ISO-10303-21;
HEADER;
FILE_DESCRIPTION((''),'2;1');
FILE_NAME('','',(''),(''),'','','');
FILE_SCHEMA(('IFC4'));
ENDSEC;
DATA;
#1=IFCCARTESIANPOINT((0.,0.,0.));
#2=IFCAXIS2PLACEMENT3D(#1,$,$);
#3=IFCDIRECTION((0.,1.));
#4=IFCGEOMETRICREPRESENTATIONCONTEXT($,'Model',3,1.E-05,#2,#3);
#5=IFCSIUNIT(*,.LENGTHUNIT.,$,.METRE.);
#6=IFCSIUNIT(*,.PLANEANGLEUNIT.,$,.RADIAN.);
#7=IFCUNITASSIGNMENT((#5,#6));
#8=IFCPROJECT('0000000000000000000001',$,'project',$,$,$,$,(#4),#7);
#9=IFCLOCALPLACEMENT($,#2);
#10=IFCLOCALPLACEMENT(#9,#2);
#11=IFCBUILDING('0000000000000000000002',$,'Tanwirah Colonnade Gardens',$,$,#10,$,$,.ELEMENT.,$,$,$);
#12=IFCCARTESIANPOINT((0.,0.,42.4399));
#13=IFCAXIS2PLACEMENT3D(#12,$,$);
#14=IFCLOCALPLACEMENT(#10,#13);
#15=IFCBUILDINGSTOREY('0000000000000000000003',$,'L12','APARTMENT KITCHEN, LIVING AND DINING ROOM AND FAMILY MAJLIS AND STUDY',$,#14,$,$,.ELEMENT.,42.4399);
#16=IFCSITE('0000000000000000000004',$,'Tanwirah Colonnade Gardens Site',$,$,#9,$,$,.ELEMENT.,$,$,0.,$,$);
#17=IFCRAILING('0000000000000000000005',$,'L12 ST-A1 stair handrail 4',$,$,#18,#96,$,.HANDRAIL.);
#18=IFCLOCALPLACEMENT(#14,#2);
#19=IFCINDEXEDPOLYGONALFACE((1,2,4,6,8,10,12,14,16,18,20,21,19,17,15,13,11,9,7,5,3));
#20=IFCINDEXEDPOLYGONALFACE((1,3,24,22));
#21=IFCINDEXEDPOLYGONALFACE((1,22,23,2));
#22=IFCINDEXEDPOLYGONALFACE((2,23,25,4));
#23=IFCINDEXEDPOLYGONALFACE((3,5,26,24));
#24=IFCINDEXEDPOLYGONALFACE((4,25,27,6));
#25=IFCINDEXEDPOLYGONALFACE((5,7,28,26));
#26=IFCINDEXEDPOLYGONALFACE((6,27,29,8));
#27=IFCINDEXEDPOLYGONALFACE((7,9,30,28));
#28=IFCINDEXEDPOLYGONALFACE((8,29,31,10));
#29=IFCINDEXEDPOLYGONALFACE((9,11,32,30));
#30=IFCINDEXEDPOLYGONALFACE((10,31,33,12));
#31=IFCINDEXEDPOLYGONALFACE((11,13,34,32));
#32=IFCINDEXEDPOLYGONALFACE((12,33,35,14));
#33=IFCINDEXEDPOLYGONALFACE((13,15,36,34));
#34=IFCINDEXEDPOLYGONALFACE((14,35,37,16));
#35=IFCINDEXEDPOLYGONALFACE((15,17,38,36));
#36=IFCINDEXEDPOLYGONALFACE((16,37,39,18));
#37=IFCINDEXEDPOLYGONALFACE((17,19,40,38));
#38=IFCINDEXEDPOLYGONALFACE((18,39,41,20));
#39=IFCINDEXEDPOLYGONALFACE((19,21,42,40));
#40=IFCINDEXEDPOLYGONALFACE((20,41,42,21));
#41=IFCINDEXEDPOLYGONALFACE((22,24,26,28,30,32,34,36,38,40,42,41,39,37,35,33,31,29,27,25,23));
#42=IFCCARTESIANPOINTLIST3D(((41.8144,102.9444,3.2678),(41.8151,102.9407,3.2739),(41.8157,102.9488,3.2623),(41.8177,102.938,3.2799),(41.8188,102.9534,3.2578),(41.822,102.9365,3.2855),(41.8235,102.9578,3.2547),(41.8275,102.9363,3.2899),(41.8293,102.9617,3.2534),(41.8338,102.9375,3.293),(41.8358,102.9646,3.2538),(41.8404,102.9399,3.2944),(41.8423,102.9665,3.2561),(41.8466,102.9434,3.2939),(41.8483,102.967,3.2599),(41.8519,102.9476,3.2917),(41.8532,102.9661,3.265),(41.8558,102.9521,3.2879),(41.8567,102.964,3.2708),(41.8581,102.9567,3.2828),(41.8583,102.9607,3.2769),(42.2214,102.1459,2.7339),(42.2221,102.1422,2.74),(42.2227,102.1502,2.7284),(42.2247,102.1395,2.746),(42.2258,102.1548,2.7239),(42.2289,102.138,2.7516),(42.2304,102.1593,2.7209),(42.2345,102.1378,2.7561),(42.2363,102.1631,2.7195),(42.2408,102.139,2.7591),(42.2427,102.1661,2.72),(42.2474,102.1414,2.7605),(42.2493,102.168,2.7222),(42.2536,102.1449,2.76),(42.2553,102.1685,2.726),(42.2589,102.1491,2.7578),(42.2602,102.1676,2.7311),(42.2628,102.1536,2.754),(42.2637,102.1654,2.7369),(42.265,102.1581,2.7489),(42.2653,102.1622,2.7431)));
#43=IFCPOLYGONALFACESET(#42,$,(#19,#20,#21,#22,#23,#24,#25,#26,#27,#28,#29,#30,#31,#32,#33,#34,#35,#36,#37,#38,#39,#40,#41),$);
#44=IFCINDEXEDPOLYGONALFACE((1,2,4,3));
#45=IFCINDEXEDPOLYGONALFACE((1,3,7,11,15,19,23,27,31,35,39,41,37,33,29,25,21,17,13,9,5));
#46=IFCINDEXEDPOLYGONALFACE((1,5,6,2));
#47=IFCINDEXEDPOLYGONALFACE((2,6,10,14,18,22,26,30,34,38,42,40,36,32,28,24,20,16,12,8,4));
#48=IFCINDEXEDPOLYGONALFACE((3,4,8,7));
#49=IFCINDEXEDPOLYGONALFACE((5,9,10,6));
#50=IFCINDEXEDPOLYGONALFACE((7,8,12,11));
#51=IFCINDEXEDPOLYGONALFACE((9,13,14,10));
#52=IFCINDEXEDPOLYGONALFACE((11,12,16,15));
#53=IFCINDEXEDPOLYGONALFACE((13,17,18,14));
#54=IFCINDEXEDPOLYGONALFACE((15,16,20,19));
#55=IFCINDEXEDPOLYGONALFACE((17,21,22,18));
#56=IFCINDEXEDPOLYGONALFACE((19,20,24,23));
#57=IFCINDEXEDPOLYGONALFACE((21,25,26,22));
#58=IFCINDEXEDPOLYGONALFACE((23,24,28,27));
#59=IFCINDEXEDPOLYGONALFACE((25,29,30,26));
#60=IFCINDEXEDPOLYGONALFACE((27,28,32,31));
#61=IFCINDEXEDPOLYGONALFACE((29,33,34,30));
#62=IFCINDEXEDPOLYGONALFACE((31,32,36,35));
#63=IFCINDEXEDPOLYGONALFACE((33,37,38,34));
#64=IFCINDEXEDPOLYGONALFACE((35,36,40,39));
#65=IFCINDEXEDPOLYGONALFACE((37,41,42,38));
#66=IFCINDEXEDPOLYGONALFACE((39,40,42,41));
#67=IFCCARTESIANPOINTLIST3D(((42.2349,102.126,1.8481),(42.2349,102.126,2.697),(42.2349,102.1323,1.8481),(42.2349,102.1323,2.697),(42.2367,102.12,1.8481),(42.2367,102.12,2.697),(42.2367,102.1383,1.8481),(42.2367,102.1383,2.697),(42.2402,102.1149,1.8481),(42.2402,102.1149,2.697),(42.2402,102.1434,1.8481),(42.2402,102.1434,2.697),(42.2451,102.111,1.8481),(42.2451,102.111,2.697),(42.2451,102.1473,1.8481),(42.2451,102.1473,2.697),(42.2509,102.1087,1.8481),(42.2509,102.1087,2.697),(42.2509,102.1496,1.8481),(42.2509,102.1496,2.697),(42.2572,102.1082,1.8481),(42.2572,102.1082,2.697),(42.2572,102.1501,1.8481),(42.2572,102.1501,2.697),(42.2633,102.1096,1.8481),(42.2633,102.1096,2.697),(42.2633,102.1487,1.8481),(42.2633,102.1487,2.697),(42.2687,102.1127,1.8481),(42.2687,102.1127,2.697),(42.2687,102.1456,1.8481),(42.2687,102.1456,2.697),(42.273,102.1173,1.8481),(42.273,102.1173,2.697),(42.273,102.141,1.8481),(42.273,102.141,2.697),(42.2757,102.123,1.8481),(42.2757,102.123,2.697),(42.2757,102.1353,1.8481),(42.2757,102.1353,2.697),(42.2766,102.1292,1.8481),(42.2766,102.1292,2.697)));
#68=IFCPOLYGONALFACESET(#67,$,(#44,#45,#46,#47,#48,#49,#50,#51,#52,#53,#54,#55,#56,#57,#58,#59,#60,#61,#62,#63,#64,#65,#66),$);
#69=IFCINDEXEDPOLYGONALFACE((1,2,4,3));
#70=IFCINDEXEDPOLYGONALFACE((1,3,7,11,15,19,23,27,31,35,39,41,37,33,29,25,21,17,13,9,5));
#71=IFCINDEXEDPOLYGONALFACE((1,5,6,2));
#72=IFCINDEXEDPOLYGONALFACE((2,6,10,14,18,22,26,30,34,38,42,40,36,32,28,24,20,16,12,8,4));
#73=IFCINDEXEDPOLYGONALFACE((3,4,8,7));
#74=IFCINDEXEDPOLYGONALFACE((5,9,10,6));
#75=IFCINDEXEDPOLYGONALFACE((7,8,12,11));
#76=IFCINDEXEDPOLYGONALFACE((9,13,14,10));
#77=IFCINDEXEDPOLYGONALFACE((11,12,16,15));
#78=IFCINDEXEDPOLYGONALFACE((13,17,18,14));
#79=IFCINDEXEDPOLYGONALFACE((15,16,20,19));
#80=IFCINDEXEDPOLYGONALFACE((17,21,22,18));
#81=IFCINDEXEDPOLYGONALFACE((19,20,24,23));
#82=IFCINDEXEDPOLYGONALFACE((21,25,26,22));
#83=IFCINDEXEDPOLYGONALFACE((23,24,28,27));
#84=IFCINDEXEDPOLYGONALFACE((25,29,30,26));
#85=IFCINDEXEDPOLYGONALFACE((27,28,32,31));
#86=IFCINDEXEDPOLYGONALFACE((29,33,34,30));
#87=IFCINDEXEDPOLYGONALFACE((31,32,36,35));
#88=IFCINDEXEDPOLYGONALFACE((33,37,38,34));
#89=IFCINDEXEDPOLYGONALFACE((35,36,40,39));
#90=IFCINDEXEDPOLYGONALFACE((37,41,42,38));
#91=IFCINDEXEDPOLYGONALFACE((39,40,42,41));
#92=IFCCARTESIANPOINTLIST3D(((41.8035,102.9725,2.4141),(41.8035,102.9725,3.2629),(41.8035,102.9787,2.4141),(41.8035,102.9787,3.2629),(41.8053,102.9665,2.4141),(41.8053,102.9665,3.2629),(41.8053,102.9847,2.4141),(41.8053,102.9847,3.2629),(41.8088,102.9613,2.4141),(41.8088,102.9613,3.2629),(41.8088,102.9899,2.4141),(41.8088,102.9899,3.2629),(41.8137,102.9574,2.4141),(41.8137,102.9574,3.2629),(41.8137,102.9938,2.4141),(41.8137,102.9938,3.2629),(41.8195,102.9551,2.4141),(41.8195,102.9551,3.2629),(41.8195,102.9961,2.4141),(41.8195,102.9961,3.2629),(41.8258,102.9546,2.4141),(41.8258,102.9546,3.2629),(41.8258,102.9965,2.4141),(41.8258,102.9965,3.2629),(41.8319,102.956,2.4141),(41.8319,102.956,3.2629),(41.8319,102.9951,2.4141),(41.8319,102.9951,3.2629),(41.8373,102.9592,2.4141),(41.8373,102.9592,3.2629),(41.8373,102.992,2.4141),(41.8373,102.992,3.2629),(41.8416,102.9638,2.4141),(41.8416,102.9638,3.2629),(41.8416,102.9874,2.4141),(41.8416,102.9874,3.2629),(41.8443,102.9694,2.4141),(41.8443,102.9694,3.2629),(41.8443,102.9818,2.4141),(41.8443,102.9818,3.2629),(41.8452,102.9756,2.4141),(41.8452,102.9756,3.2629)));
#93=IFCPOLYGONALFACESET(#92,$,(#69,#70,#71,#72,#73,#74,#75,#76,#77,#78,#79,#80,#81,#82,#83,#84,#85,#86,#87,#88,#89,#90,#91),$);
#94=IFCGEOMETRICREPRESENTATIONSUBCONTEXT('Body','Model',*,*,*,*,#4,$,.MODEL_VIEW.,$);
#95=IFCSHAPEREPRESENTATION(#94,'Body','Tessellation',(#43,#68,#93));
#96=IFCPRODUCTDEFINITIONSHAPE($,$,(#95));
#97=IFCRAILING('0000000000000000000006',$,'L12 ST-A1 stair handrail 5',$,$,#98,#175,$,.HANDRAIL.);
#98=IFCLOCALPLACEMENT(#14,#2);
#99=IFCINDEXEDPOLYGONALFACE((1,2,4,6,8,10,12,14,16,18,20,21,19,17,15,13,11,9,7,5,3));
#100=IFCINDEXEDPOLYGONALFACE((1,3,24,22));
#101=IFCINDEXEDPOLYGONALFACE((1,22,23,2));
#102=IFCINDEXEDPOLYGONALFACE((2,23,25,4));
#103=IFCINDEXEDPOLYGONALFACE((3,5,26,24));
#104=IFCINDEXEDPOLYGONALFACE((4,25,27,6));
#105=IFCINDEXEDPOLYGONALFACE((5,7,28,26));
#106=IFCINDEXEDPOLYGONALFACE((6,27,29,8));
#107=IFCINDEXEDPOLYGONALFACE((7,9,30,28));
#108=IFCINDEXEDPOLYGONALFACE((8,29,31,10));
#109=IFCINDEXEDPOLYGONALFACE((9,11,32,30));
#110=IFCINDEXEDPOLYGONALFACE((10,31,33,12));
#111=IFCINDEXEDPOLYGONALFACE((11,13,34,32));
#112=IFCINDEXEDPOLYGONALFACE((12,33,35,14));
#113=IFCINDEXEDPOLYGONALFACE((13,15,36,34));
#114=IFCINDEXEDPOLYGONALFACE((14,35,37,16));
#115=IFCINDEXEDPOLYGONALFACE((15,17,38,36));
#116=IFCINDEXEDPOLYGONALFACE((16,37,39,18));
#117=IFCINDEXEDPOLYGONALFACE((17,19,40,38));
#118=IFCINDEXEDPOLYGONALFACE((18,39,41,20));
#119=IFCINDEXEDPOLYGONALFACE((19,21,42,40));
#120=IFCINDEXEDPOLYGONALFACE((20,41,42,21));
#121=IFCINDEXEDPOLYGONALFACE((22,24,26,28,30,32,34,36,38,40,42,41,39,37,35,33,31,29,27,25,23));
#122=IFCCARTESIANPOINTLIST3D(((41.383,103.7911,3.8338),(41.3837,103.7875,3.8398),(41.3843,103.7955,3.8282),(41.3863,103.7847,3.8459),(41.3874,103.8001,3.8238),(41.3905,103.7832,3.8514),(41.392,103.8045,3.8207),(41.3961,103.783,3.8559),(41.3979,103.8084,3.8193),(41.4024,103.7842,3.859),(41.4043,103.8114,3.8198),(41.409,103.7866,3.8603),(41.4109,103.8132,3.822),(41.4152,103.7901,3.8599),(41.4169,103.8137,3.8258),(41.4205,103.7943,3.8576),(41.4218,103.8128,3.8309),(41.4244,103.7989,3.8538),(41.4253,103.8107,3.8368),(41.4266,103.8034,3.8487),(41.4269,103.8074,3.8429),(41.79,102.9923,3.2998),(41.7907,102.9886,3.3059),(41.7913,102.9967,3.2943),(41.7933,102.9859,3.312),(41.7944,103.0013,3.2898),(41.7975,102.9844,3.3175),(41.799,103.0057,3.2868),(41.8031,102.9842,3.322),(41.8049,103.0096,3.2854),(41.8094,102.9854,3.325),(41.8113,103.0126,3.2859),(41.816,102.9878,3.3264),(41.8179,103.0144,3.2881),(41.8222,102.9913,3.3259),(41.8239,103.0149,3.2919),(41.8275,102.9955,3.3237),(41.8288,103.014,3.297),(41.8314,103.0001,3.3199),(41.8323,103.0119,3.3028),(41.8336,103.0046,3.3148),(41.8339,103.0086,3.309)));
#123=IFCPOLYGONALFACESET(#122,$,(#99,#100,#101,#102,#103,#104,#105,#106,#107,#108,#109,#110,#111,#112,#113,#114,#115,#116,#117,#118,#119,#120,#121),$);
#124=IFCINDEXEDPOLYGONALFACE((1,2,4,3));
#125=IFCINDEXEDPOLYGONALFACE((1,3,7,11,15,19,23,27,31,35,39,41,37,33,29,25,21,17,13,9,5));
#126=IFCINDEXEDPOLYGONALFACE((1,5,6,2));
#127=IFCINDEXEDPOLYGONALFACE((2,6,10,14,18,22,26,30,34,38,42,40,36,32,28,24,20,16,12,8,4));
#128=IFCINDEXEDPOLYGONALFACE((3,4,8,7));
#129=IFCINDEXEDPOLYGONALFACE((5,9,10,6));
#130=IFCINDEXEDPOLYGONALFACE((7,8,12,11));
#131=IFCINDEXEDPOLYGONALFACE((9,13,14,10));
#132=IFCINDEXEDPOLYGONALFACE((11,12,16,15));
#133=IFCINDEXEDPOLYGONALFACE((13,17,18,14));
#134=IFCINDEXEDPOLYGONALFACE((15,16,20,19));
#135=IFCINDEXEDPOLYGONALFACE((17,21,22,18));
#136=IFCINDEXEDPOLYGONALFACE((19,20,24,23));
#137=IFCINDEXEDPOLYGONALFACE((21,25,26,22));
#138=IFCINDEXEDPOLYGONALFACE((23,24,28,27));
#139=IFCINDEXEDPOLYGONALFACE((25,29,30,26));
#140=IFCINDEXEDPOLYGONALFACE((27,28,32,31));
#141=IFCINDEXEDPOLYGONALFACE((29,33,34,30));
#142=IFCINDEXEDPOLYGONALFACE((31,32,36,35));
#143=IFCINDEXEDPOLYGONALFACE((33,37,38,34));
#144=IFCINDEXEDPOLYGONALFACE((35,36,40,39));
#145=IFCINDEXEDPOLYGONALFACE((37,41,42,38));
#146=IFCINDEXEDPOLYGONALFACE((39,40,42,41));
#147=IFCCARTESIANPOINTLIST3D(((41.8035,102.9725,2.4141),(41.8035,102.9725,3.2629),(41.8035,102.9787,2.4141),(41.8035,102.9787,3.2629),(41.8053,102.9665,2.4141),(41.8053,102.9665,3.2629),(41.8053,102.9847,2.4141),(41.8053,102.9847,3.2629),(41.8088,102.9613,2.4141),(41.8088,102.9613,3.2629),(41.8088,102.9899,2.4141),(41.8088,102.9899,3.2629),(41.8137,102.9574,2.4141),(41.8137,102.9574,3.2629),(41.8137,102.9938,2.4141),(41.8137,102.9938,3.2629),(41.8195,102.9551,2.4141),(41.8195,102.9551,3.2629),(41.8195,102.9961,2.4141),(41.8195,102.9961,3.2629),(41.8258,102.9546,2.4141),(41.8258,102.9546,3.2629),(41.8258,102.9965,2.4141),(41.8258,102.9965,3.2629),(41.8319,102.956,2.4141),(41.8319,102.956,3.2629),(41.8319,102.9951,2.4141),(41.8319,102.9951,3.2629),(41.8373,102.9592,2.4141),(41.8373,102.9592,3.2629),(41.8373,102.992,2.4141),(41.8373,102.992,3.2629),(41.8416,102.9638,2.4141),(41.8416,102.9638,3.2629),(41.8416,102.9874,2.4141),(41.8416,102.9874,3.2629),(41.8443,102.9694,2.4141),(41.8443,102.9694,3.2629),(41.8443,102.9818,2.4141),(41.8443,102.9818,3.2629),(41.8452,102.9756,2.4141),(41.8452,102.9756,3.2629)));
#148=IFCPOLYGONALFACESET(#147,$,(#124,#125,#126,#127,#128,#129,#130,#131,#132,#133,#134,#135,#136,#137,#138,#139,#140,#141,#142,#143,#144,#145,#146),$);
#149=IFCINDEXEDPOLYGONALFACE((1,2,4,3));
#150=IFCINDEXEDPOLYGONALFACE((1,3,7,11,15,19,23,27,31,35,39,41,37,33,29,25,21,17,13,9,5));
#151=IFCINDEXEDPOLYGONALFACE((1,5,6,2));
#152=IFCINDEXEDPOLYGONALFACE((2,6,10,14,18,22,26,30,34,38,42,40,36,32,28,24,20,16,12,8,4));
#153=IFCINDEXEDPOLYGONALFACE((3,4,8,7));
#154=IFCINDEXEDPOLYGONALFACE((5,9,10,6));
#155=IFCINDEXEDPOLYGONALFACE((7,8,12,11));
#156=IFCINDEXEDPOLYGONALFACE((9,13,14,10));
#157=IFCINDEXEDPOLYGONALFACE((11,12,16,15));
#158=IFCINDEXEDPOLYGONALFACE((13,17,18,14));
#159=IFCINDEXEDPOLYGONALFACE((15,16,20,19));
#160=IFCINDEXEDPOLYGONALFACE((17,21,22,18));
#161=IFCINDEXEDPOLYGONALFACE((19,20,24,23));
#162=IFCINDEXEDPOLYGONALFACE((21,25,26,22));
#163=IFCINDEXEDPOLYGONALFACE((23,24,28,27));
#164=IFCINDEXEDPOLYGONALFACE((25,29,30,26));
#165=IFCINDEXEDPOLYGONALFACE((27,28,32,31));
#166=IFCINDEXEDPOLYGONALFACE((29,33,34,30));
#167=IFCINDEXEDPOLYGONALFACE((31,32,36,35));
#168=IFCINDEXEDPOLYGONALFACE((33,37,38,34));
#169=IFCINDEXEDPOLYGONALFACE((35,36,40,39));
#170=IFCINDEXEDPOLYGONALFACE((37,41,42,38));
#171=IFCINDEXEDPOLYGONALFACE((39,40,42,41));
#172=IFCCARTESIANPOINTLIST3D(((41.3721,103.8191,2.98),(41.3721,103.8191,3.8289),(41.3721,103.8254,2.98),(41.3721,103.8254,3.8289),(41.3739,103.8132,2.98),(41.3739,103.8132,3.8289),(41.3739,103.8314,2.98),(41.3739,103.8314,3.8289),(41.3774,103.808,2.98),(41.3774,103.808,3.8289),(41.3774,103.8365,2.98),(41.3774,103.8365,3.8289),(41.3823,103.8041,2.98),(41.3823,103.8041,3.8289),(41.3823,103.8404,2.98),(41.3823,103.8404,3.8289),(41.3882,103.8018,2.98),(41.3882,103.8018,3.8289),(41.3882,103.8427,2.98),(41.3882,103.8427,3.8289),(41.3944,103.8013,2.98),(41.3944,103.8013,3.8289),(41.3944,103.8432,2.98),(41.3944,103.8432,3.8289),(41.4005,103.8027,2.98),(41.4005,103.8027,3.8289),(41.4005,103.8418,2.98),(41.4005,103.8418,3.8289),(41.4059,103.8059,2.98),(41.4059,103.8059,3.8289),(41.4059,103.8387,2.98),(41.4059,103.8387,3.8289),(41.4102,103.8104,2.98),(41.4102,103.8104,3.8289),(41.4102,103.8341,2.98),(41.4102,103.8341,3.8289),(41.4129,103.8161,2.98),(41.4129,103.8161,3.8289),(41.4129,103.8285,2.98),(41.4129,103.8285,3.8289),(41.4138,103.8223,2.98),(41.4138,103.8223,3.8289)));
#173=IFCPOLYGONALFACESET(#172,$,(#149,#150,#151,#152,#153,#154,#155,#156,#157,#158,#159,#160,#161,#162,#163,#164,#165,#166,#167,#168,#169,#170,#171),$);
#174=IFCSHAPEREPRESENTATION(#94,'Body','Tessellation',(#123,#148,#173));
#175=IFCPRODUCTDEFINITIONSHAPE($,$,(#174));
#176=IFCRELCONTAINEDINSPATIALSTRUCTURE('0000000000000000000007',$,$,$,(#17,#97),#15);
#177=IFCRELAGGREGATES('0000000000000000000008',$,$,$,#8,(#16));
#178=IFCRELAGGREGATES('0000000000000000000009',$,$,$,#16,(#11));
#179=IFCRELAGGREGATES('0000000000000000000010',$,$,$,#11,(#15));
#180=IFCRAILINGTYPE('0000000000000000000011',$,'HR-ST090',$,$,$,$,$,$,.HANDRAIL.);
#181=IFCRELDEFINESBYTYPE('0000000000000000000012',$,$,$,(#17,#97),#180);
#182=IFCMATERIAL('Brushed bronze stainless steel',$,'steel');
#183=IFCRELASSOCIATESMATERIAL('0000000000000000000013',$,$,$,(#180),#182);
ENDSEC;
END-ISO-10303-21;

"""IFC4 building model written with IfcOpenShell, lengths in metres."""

from ifc_helpers import new_model, si_unit, direction, frame, origin, origin_2d, place, context, subcontext, project, spatial, circle, extrude, material, type_object, element, save


model = new_model("IFC4")

# Units and contexts
model_context = context("Model", 3, precision=1e-05, world=origin(), true_north=direction((0.0, 1.0)))
body_context = subcontext(model_context, "Body", "Model", "MODEL_VIEW")
ifc_project = project(units=[si_unit("LENGTHUNIT", "METRE"), si_unit("PLANEANGLEUNIT", "RADIAN")], contexts=[model_context])

# Site, building, storey
site_placement = place(None, origin())
site = spatial("IfcSite", under=ifc_project, at=site_placement, Name="Tanwirah Colonnade Gardens Site", CompositionType="ELEMENT", RefElevation=0.0)
building_placement = place(site_placement, origin())
building = spatial("IfcBuilding", under=site, at=building_placement, Name="Tanwirah Colonnade Gardens", CompositionType="ELEMENT")
storey_placement = place(building_placement, frame((0.0, 0.0, 42.4399)))
storey = spatial("IfcBuildingStorey", under=building, at=storey_placement, Name="L12", Description="APARTMENT KITCHEN, LIVING AND DINING ROOM AND FAMILY MAJLIS AND STUDY", CompositionType="ELEMENT", Elevation=42.4399)

# Railings
ifc_material_1 = material(Name="Brushed bronze stainless steel", Category="steel")
railing_type_1 = type_object("IfcRailingType", Name="HR-ST090", PredefinedType="HANDRAIL", material=ifc_material_1)
railing_1_placement = place(storey_placement, frame((42.2556, 102.1292, 1.8481)))
element("IfcRailing", 1, at=railing_1_placement, inside=storey, type_object=railing_type_1, Name="L12 ST-A1 stair handrail 4", PredefinedType="HANDRAIL", context=body_context, shape_type="SweptSolid", body=[
    extrude(circle(Radius=0.0239, at=origin_2d()), frame((-0.0122, 0.0239, 0.8918), z_axis=(-0.390118, 0.765443, 0.511767), x_axis=(-0.890957, -0.454087, 0.0)), (0.0, 0.0, 1.0), 1.0432),
    extrude(circle(Radius=0.021, at=origin_2d()), origin(), (0.0, 0.0, 1.0), 0.8489),
    extrude(circle(Radius=0.021, at=origin_2d()), frame((-0.4314, 0.8464, 0.5659)), (0.0, 0.0, 1.0), 0.8489),
])
railing_2_placement = place(storey_placement, frame((41.8242, 102.9756, 2.4141)))
element("IfcRailing", 2, at=railing_2_placement, inside=storey, type_object=railing_type_1, Name="L12 ST-A1 stair handrail 5", PredefinedType="HANDRAIL", context=body_context, shape_type="SweptSolid", body=[
    extrude(circle(Radius=0.0239, at=origin_2d()), frame((-0.0122, 0.0239, 0.8918), z_axis=(-0.390052, 0.765534, 0.511681), x_axis=(-0.89101, -0.453984, 0.0)), (0.0, 0.0, 1.0), 1.0435),
    extrude(circle(Radius=0.021, at=origin_2d()), origin(), (0.0, 0.0, 1.0), 0.8489),
    extrude(circle(Radius=0.021, at=origin_2d()), frame((-0.4314, 0.8467, 0.5659)), (0.0, 0.0, 1.0), 0.8489),
])

save(model, "model.ifc")
